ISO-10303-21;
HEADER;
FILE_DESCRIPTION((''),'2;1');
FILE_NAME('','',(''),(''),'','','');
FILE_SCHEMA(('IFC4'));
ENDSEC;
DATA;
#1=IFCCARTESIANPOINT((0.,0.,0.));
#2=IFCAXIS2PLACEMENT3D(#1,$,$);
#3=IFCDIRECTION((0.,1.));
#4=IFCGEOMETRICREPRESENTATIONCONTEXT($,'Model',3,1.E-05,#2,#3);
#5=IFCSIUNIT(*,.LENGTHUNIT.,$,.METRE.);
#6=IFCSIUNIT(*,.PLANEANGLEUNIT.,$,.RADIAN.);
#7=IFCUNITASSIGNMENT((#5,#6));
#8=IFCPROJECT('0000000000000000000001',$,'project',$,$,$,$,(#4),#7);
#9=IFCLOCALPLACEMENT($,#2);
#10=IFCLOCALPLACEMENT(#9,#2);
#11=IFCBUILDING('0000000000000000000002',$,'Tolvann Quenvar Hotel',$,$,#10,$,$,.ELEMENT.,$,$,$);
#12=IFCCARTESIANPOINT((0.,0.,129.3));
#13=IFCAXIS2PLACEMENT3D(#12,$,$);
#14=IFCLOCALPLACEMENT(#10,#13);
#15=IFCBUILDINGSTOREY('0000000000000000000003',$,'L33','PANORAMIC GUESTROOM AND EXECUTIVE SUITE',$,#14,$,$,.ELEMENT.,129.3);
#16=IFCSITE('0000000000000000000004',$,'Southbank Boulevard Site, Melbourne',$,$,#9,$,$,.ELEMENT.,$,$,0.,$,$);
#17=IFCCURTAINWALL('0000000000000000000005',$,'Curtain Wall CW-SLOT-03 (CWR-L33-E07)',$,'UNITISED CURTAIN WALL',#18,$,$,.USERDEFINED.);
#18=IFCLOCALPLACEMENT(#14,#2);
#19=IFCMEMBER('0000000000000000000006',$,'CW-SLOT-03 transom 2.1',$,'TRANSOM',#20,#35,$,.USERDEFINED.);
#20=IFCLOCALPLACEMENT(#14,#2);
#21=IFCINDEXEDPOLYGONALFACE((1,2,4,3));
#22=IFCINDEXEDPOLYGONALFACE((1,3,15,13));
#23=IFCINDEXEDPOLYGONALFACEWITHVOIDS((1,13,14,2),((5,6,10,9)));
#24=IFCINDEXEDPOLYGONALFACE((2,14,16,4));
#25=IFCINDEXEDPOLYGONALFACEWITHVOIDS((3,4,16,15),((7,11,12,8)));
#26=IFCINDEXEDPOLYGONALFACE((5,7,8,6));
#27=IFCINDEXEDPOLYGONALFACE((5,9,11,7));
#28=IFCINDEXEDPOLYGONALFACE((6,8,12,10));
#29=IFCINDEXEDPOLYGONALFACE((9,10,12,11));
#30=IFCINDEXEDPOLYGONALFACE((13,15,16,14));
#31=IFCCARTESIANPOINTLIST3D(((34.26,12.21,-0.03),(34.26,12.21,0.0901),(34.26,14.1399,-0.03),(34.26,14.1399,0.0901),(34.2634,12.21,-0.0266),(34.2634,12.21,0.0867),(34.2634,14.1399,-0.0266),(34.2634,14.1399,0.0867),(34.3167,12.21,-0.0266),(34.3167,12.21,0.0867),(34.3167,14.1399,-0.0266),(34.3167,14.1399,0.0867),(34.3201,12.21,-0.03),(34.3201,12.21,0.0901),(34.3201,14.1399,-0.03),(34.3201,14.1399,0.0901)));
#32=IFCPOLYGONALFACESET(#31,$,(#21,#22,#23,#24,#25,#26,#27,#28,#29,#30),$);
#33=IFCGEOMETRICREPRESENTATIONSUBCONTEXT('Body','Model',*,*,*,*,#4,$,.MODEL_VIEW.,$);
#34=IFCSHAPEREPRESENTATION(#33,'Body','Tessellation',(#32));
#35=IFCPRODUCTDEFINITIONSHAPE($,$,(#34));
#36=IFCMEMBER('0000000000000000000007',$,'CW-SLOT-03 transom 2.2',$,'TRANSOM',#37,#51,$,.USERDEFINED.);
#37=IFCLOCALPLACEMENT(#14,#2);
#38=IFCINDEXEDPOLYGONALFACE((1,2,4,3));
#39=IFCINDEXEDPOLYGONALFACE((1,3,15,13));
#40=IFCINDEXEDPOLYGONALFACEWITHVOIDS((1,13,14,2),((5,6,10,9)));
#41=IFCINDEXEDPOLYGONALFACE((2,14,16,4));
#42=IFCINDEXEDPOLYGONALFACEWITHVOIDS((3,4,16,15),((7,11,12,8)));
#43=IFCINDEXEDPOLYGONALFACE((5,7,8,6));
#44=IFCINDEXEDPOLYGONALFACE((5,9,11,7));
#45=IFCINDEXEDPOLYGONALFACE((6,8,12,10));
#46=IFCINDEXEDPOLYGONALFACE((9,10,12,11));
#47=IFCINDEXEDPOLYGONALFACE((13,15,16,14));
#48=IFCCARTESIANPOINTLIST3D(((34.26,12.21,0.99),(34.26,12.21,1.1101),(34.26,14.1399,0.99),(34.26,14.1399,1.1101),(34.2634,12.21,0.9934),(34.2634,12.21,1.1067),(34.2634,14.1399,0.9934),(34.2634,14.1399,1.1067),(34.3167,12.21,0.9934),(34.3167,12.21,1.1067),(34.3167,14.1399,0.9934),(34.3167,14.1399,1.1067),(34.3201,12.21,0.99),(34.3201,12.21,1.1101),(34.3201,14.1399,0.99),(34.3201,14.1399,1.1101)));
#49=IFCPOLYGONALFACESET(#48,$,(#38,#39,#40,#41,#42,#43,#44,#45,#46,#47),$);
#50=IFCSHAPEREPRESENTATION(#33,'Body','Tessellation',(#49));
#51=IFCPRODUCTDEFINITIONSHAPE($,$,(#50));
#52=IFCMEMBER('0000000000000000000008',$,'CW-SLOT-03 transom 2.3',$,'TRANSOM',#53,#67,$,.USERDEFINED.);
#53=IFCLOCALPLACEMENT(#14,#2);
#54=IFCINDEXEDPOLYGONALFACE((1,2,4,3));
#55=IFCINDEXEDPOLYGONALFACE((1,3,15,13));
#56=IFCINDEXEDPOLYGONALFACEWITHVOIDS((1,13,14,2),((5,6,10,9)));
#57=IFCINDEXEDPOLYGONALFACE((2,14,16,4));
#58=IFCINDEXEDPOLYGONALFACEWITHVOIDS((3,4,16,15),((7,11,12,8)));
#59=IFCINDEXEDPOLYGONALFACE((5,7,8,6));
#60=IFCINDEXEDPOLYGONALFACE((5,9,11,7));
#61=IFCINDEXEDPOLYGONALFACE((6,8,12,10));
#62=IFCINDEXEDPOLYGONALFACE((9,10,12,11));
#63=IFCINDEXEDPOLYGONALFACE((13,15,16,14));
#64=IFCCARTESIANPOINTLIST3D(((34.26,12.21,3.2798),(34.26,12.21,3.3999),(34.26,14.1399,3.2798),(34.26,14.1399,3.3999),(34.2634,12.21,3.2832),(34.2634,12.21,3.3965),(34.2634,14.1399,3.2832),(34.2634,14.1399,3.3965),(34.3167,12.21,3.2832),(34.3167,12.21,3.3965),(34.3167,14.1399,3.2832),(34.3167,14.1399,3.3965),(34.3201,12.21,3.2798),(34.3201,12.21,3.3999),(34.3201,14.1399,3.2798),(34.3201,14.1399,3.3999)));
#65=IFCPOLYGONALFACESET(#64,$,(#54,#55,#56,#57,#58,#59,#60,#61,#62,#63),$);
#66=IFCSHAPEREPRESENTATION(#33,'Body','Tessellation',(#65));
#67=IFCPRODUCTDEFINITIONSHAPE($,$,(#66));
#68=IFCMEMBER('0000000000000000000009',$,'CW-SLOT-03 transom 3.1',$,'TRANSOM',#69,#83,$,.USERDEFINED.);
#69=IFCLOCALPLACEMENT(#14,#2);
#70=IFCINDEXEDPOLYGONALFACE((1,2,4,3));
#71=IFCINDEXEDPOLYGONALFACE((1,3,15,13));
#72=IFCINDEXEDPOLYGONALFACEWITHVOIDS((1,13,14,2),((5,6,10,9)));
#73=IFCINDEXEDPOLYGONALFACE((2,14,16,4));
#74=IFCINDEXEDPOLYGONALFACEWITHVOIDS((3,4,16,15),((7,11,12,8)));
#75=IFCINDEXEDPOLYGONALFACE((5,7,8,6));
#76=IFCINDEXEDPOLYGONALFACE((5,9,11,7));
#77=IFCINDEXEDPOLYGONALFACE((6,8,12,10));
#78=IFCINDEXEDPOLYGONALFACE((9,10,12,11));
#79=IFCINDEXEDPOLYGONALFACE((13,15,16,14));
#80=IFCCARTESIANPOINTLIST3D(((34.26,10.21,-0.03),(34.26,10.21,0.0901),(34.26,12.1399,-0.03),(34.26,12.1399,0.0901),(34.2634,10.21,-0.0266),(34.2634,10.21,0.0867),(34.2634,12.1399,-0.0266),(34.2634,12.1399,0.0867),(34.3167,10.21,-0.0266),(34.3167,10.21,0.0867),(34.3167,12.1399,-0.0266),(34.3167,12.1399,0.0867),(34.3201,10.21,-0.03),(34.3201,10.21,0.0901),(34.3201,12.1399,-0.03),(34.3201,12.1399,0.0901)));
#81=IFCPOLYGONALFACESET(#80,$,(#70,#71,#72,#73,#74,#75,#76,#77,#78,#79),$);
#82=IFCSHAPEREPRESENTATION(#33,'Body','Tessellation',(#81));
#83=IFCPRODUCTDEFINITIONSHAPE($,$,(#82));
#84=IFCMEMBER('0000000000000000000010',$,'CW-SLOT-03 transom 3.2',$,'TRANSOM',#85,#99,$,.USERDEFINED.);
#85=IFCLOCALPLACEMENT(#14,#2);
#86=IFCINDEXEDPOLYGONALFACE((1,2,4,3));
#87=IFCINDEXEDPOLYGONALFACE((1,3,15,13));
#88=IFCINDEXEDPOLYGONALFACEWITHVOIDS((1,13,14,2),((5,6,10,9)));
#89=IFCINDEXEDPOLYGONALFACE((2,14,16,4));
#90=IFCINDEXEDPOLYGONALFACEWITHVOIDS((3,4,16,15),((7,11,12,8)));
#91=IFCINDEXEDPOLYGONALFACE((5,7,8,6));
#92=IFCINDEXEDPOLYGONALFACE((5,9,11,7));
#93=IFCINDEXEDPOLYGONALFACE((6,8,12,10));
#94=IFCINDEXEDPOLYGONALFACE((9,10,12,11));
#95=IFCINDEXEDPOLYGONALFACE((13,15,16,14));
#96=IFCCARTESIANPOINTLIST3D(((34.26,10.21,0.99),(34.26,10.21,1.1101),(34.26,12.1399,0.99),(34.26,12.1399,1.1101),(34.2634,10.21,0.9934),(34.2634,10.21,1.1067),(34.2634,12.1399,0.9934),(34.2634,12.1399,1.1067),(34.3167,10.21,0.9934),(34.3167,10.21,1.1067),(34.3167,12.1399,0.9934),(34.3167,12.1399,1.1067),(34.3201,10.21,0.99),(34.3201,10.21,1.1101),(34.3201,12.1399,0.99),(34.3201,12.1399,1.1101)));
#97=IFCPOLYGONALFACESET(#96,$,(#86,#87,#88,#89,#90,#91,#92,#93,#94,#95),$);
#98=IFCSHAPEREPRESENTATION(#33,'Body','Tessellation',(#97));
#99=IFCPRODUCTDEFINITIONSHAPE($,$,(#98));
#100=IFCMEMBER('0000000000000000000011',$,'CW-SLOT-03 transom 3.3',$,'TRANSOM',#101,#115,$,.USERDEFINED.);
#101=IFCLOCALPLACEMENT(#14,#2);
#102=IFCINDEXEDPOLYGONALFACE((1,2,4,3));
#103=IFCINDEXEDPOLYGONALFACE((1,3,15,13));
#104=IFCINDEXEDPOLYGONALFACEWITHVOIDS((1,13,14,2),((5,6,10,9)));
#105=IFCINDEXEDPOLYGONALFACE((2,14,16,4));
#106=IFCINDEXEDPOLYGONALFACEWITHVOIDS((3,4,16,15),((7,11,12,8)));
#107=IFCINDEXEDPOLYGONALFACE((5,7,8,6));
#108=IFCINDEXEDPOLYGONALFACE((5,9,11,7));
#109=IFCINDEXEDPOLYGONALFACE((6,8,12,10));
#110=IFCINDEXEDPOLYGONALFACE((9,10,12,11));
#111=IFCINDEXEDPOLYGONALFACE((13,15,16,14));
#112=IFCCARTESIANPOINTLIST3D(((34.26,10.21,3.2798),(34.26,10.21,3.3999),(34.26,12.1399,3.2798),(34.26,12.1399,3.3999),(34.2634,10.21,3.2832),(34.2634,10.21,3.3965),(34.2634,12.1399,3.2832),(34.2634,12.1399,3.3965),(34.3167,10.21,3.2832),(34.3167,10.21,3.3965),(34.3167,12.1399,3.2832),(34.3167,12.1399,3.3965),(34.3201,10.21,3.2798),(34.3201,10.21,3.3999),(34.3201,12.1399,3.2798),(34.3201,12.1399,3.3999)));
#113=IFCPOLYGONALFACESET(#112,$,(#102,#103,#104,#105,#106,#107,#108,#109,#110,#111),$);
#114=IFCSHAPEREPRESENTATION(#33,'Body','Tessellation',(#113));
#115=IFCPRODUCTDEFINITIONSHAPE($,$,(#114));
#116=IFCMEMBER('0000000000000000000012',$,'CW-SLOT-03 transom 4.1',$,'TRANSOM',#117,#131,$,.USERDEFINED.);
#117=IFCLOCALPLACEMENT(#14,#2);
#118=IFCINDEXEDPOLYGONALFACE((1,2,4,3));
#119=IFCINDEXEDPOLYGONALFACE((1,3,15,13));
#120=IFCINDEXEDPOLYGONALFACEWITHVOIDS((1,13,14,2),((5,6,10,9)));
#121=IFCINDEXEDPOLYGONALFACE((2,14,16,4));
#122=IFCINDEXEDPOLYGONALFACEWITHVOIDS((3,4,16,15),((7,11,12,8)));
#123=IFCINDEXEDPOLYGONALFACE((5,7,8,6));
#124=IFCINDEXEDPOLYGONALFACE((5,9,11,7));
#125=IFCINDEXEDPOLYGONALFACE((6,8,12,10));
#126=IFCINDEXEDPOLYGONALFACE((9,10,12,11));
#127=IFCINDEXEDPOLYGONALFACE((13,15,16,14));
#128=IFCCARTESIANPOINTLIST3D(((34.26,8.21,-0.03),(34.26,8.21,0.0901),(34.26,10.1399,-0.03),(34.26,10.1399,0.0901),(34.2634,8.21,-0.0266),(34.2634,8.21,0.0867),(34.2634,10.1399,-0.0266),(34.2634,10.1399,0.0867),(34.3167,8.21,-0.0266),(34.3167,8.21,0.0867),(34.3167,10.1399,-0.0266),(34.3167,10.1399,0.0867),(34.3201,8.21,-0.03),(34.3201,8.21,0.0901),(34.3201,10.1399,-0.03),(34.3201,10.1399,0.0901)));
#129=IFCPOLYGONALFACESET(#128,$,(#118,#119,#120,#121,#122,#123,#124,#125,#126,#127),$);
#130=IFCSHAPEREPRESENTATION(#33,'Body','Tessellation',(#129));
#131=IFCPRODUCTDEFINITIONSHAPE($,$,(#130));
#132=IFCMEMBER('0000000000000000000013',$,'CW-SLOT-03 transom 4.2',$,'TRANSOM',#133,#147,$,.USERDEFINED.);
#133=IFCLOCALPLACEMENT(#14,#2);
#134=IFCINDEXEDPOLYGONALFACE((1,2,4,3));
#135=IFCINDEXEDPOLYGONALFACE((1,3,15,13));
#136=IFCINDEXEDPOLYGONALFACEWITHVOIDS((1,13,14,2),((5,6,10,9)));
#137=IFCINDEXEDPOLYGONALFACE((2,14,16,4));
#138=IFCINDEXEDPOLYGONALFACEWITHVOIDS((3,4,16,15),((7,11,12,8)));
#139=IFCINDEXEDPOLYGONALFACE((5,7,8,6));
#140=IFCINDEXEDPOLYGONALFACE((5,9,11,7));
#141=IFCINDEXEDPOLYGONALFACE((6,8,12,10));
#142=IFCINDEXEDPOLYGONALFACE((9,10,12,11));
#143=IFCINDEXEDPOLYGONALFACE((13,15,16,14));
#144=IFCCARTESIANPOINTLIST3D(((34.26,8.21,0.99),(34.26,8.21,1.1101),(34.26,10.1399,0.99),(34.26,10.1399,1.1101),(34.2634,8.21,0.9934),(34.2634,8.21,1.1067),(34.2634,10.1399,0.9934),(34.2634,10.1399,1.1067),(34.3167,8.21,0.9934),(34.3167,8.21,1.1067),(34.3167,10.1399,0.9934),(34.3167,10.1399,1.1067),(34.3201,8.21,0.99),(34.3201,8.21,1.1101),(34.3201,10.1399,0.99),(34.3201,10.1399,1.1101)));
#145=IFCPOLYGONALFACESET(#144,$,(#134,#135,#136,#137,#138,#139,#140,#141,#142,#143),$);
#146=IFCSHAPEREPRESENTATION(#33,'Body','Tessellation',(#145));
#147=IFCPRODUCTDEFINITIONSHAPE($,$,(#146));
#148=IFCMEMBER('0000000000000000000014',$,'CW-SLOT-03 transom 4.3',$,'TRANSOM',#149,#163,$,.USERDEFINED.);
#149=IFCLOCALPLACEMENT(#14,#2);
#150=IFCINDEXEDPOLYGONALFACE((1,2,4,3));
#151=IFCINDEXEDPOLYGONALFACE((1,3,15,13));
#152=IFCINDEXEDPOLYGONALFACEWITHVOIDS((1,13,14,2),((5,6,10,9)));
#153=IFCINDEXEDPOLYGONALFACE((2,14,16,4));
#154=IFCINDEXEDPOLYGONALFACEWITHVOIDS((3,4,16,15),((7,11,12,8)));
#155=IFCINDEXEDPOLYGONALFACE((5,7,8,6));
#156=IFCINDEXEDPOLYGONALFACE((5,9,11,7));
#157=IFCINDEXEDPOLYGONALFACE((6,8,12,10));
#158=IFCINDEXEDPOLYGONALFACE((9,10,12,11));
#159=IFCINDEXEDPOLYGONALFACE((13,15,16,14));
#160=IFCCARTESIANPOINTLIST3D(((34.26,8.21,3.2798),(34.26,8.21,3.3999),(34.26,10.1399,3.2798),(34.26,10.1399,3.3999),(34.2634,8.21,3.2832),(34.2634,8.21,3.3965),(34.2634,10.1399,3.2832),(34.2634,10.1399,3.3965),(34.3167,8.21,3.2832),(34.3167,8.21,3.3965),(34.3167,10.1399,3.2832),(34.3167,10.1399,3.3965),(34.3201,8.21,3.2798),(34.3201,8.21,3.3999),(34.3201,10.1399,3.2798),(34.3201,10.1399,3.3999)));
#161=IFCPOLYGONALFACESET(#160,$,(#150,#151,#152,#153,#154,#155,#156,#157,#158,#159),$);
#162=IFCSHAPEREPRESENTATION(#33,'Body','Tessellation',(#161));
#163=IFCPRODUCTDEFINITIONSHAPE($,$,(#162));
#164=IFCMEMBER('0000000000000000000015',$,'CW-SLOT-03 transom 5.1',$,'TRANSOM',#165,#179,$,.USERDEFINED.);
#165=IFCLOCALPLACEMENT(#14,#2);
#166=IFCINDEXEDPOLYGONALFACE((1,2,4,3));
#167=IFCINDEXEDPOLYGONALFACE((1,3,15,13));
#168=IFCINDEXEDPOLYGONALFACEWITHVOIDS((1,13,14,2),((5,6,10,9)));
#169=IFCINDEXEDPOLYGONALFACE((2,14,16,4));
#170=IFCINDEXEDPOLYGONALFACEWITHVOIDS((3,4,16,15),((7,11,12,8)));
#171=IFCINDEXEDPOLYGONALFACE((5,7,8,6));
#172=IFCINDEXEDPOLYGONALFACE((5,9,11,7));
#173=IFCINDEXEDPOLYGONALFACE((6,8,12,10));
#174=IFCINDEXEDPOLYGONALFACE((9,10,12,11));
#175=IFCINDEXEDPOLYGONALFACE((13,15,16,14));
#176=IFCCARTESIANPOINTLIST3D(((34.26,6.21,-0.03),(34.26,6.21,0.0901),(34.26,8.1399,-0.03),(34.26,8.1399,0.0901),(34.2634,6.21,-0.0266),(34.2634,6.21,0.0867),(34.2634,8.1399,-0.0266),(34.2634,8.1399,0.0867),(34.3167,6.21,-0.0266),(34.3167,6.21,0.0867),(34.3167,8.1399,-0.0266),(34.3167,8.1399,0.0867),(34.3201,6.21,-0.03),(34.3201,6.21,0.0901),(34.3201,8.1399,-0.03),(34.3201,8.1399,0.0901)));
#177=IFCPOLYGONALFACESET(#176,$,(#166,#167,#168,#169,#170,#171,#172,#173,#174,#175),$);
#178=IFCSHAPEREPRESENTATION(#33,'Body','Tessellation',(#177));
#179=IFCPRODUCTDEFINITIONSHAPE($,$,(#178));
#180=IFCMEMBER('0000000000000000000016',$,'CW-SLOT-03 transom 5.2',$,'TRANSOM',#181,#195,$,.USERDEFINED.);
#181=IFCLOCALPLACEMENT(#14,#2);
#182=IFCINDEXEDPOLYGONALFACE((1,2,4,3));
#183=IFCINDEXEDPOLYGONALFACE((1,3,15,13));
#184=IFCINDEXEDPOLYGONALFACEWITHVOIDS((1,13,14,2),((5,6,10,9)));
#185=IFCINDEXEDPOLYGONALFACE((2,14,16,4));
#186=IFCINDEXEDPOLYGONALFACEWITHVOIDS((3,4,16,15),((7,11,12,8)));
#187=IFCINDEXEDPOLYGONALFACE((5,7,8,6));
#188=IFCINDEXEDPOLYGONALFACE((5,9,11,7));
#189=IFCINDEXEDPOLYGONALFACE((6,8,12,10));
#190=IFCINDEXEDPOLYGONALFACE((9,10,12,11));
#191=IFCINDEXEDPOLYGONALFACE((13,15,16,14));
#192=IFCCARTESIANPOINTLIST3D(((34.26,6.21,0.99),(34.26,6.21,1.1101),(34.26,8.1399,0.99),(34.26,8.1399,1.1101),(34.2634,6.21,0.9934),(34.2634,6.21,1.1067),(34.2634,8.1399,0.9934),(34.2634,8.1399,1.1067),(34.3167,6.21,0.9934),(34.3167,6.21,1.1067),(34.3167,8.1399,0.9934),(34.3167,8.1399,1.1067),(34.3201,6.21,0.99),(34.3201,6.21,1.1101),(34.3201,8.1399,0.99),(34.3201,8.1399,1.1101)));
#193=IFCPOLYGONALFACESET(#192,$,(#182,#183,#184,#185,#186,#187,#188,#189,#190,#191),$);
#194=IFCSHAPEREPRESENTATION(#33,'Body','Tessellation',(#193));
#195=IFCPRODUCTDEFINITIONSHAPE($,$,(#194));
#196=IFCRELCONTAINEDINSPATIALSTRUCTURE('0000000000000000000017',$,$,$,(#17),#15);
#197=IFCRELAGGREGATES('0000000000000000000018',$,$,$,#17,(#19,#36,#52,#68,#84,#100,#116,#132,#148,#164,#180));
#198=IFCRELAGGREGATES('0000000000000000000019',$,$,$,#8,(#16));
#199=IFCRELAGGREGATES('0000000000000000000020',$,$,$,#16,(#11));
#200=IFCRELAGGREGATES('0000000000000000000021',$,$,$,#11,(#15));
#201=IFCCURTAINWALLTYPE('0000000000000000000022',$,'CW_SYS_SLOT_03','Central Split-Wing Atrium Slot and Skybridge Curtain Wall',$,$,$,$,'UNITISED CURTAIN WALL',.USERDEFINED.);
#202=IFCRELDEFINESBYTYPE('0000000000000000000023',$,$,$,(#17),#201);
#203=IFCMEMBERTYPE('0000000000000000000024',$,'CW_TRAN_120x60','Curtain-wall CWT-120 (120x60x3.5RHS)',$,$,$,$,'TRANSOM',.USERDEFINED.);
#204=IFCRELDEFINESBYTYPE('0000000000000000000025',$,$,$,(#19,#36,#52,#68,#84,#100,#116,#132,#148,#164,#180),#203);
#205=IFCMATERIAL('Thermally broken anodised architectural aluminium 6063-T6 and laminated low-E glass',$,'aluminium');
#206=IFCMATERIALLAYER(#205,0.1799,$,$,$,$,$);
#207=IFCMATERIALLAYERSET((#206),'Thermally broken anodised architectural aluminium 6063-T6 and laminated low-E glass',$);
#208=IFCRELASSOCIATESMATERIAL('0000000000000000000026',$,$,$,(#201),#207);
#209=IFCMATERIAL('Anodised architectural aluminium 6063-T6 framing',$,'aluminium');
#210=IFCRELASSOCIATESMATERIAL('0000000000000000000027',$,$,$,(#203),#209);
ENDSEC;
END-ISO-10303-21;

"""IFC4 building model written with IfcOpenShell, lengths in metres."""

from ifc_helpers import new_model, si_unit, direction, frame, origin, origin_2d, place, context, subcontext, project, spatial, hollow_rectangle, extrude, source, transform, mapped, material, layer, layer_set, material_profile, profile_set, type_object, type_shapes, element, aggregate, save


model = new_model("IFC4")

# Units and contexts
model_context = context("Model", 3, precision=1e-05, world=origin(), true_north=direction((0.0, 1.0)))
body_context = subcontext(model_context, "Body", "Model", "MODEL_VIEW")
ifc_project = project(units=[si_unit("LENGTHUNIT", "METRE"), si_unit("PLANEANGLEUNIT", "RADIAN")], contexts=[model_context])

# Site, building, storey
site_placement = place(None, origin())
site = spatial("IfcSite", under=ifc_project, at=site_placement, Name="Southbank Boulevard Site, Melbourne", CompositionType="ELEMENT", RefElevation=0.0)
building_placement = place(site_placement, origin())
building = spatial("IfcBuilding", under=site, at=building_placement, Name="Tolvann Quenvar Hotel", CompositionType="ELEMENT")
storey_placement = place(building_placement, frame((0.0, 0.0, 129.3)))
storey = spatial("IfcBuildingStorey", under=building, at=storey_placement, Name="L33", Description="PANORAMIC GUESTROOM AND EXECUTIVE SUITE", CompositionType="ELEMENT", Elevation=129.3)

# Curtain wall, members
ifc_material_1 = material(Name="Thermally broken anodised architectural aluminium 6063-T6 and laminated low-E glass", Category="aluminium")
ifc_layer_1 = layer(ifc_material_1, 0.1799)
ifc_layer_set_1 = layer_set([ifc_layer_1], Name="Thermally broken anodised architectural aluminium 6063-T6 and laminated low-E glass")
curtain_wall_type = type_object("IfcCurtainWallType", Name="CW_SYS_SLOT_03", Description="Central Split-Wing Atrium Slot and Skybridge Curtain Wall", ElementType="UNITISED CURTAIN WALL", PredefinedType="USERDEFINED", material=ifc_layer_set_1)
curtain_wall_placement = place(storey_placement, origin())
curtain_wall = element("IfcCurtainWall", 1, at=curtain_wall_placement, inside=storey, type_object=curtain_wall_type, Name="Curtain Wall CW-SLOT-03 (CWR-L33-E07)", ObjectType="UNITISED CURTAIN WALL", PredefinedType="USERDEFINED")
ifc_material_2 = material(Name="Anodised architectural aluminium 6063-T6 framing", Category="aluminium")
ifc_material_profile_1 = material_profile(ifc_material_2, hollow_rectangle(XDim=0.0601, YDim=0.1201, WallThickness=0.0034, at=origin_2d()), Name="120x60x3.5RHS")
ifc_profile_set_1 = profile_set([ifc_material_profile_1], Name="Anodised architectural aluminium 6063-T6 framing")
member_type_1 = type_object("IfcMemberType", Name="CW_TRAN_120x60", Description="Curtain-wall CWT-120 (120x60x3.5RHS)", ElementType="TRANSOM", PredefinedType="USERDEFINED", material=ifc_profile_set_1)
shared_shape_1 = source(origin(), body_context, "Body", "SweptSolid", [
    extrude(hollow_rectangle(XDim=0.0601, YDim=0.1201, WallThickness=0.0034, at=origin_2d()), origin(), (0.0, 0.0, 1.0), 1.9299),
])
type_shapes(member_type_1, [shared_shape_1])
member_1_placement = place(storey_placement, frame((34.29, 14.1399, 0.03), z_axis=(0.0, -1.0, 0.0), x_axis=(1.0, 0.0, 0.0)))
member_1 = element("IfcMember", 2, at=member_1_placement, type_object=member_type_1, Name="CW-SLOT-03 transom 2.1", ObjectType="TRANSOM", PredefinedType="USERDEFINED", context=body_context, shape_type="MappedRepresentation", body=[
    mapped(shared_shape_1, transform((0.0, 0.0, 0.0), x_axis=(1.0, 0.0, 0.0), y_axis=(0.0, 1.0, 0.0), z_axis=(0.0, 0.0, 1.0), scale=1.0)),
])
member_2_placement = place(storey_placement, frame((34.29, 14.1399, 1.05), z_axis=(0.0, -1.0, 0.0), x_axis=(1.0, 0.0, 0.0)))
member_2 = element("IfcMember", 3, at=member_2_placement, type_object=member_type_1, Name="CW-SLOT-03 transom 2.2", ObjectType="TRANSOM", PredefinedType="USERDEFINED", context=body_context, shape_type="MappedRepresentation", body=[
    mapped(shared_shape_1, transform((0.0, 0.0, 0.0), x_axis=(1.0, 0.0, 0.0), y_axis=(0.0, 1.0, 0.0), z_axis=(0.0, 0.0, 1.0), scale=1.0)),
])
member_3_placement = place(storey_placement, frame((34.29, 14.1399, 3.3398), z_axis=(0.0, -1.0, 0.0), x_axis=(1.0, 0.0, 0.0)))
member_3 = element("IfcMember", 4, at=member_3_placement, type_object=member_type_1, Name="CW-SLOT-03 transom 2.3", ObjectType="TRANSOM", PredefinedType="USERDEFINED", context=body_context, shape_type="MappedRepresentation", body=[
    mapped(shared_shape_1, transform((0.0, 0.0, 0.0), x_axis=(1.0, 0.0, 0.0), y_axis=(0.0, 1.0, 0.0), z_axis=(0.0, 0.0, 1.0), scale=1.0)),
])
member_4_placement = place(storey_placement, frame((34.29, 12.1399, 0.03), z_axis=(0.0, -1.0, 0.0), x_axis=(1.0, 0.0, 0.0)))
member_4 = element("IfcMember", 5, at=member_4_placement, type_object=member_type_1, Name="CW-SLOT-03 transom 3.1", ObjectType="TRANSOM", PredefinedType="USERDEFINED", context=body_context, shape_type="MappedRepresentation", body=[
    mapped(shared_shape_1, transform((0.0, 0.0, 0.0), x_axis=(1.0, 0.0, 0.0), y_axis=(0.0, 1.0, 0.0), z_axis=(0.0, 0.0, 1.0), scale=1.0)),
])
member_5_placement = place(storey_placement, frame((34.29, 12.1399, 1.05), z_axis=(0.0, -1.0, 0.0), x_axis=(1.0, 0.0, 0.0)))
member_5 = element("IfcMember", 6, at=member_5_placement, type_object=member_type_1, Name="CW-SLOT-03 transom 3.2", ObjectType="TRANSOM", PredefinedType="USERDEFINED", context=body_context, shape_type="MappedRepresentation", body=[
    mapped(shared_shape_1, transform((0.0, 0.0, 0.0), x_axis=(1.0, 0.0, 0.0), y_axis=(0.0, 1.0, 0.0), z_axis=(0.0, 0.0, 1.0), scale=1.0)),
])
member_6_placement = place(storey_placement, frame((34.29, 12.1399, 3.3398), z_axis=(0.0, -1.0, 0.0), x_axis=(1.0, 0.0, 0.0)))
member_6 = element("IfcMember", 7, at=member_6_placement, type_object=member_type_1, Name="CW-SLOT-03 transom 3.3", ObjectType="TRANSOM", PredefinedType="USERDEFINED", context=body_context, shape_type="MappedRepresentation", body=[
    mapped(shared_shape_1, transform((0.0, 0.0, 0.0), x_axis=(1.0, 0.0, 0.0), y_axis=(0.0, 1.0, 0.0), z_axis=(0.0, 0.0, 1.0), scale=1.0)),
])
member_7_placement = place(storey_placement, frame((34.29, 10.1399, 0.03), z_axis=(0.0, -1.0, 0.0), x_axis=(1.0, 0.0, 0.0)))
member_7 = element("IfcMember", 8, at=member_7_placement, type_object=member_type_1, Name="CW-SLOT-03 transom 4.1", ObjectType="TRANSOM", PredefinedType="USERDEFINED", context=body_context, shape_type="MappedRepresentation", body=[
    mapped(shared_shape_1, transform((0.0, 0.0, 0.0), x_axis=(1.0, 0.0, 0.0), y_axis=(0.0, 1.0, 0.0), z_axis=(0.0, 0.0, 1.0), scale=1.0)),
])
member_8_placement = place(storey_placement, frame((34.29, 10.1399, 1.05), z_axis=(0.0, -1.0, 0.0), x_axis=(1.0, 0.0, 0.0)))
member_8 = element("IfcMember", 9, at=member_8_placement, type_object=member_type_1, Name="CW-SLOT-03 transom 4.2", ObjectType="TRANSOM", PredefinedType="USERDEFINED", context=body_context, shape_type="MappedRepresentation", body=[
    mapped(shared_shape_1, transform((0.0, 0.0, 0.0), x_axis=(1.0, 0.0, 0.0), y_axis=(0.0, 1.0, 0.0), z_axis=(0.0, 0.0, 1.0), scale=1.0)),
])
member_9_placement = place(storey_placement, frame((34.29, 10.1399, 3.3398), z_axis=(0.0, -1.0, 0.0), x_axis=(1.0, 0.0, 0.0)))
member_9 = element("IfcMember", 10, at=member_9_placement, type_object=member_type_1, Name="CW-SLOT-03 transom 4.3", ObjectType="TRANSOM", PredefinedType="USERDEFINED", context=body_context, shape_type="MappedRepresentation", body=[
    mapped(shared_shape_1, transform((0.0, 0.0, 0.0), x_axis=(1.0, 0.0, 0.0), y_axis=(0.0, 1.0, 0.0), z_axis=(0.0, 0.0, 1.0), scale=1.0)),
])
member_10_placement = place(storey_placement, frame((34.29, 8.1399, 0.03), z_axis=(0.0, -1.0, 0.0), x_axis=(1.0, 0.0, 0.0)))
member_10 = element("IfcMember", 11, at=member_10_placement, type_object=member_type_1, Name="CW-SLOT-03 transom 5.1", ObjectType="TRANSOM", PredefinedType="USERDEFINED", context=body_context, shape_type="MappedRepresentation", body=[
    mapped(shared_shape_1, transform((0.0, 0.0, 0.0), x_axis=(1.0, 0.0, 0.0), y_axis=(0.0, 1.0, 0.0), z_axis=(0.0, 0.0, 1.0), scale=1.0)),
])
member_11_placement = place(storey_placement, frame((34.29, 8.1399, 1.05), z_axis=(0.0, -1.0, 0.0), x_axis=(1.0, 0.0, 0.0)))
member_11 = element("IfcMember", 12, at=member_11_placement, type_object=member_type_1, Name="CW-SLOT-03 transom 5.2", ObjectType="TRANSOM", PredefinedType="USERDEFINED", context=body_context, shape_type="MappedRepresentation", body=[
    mapped(shared_shape_1, transform((0.0, 0.0, 0.0), x_axis=(1.0, 0.0, 0.0), y_axis=(0.0, 1.0, 0.0), z_axis=(0.0, 0.0, 1.0), scale=1.0)),
])
aggregate(curtain_wall, [member_1, member_2, member_3, member_4, member_5, member_6, member_7, member_8, member_9, member_10, member_11])

save(model, "model.ifc")
